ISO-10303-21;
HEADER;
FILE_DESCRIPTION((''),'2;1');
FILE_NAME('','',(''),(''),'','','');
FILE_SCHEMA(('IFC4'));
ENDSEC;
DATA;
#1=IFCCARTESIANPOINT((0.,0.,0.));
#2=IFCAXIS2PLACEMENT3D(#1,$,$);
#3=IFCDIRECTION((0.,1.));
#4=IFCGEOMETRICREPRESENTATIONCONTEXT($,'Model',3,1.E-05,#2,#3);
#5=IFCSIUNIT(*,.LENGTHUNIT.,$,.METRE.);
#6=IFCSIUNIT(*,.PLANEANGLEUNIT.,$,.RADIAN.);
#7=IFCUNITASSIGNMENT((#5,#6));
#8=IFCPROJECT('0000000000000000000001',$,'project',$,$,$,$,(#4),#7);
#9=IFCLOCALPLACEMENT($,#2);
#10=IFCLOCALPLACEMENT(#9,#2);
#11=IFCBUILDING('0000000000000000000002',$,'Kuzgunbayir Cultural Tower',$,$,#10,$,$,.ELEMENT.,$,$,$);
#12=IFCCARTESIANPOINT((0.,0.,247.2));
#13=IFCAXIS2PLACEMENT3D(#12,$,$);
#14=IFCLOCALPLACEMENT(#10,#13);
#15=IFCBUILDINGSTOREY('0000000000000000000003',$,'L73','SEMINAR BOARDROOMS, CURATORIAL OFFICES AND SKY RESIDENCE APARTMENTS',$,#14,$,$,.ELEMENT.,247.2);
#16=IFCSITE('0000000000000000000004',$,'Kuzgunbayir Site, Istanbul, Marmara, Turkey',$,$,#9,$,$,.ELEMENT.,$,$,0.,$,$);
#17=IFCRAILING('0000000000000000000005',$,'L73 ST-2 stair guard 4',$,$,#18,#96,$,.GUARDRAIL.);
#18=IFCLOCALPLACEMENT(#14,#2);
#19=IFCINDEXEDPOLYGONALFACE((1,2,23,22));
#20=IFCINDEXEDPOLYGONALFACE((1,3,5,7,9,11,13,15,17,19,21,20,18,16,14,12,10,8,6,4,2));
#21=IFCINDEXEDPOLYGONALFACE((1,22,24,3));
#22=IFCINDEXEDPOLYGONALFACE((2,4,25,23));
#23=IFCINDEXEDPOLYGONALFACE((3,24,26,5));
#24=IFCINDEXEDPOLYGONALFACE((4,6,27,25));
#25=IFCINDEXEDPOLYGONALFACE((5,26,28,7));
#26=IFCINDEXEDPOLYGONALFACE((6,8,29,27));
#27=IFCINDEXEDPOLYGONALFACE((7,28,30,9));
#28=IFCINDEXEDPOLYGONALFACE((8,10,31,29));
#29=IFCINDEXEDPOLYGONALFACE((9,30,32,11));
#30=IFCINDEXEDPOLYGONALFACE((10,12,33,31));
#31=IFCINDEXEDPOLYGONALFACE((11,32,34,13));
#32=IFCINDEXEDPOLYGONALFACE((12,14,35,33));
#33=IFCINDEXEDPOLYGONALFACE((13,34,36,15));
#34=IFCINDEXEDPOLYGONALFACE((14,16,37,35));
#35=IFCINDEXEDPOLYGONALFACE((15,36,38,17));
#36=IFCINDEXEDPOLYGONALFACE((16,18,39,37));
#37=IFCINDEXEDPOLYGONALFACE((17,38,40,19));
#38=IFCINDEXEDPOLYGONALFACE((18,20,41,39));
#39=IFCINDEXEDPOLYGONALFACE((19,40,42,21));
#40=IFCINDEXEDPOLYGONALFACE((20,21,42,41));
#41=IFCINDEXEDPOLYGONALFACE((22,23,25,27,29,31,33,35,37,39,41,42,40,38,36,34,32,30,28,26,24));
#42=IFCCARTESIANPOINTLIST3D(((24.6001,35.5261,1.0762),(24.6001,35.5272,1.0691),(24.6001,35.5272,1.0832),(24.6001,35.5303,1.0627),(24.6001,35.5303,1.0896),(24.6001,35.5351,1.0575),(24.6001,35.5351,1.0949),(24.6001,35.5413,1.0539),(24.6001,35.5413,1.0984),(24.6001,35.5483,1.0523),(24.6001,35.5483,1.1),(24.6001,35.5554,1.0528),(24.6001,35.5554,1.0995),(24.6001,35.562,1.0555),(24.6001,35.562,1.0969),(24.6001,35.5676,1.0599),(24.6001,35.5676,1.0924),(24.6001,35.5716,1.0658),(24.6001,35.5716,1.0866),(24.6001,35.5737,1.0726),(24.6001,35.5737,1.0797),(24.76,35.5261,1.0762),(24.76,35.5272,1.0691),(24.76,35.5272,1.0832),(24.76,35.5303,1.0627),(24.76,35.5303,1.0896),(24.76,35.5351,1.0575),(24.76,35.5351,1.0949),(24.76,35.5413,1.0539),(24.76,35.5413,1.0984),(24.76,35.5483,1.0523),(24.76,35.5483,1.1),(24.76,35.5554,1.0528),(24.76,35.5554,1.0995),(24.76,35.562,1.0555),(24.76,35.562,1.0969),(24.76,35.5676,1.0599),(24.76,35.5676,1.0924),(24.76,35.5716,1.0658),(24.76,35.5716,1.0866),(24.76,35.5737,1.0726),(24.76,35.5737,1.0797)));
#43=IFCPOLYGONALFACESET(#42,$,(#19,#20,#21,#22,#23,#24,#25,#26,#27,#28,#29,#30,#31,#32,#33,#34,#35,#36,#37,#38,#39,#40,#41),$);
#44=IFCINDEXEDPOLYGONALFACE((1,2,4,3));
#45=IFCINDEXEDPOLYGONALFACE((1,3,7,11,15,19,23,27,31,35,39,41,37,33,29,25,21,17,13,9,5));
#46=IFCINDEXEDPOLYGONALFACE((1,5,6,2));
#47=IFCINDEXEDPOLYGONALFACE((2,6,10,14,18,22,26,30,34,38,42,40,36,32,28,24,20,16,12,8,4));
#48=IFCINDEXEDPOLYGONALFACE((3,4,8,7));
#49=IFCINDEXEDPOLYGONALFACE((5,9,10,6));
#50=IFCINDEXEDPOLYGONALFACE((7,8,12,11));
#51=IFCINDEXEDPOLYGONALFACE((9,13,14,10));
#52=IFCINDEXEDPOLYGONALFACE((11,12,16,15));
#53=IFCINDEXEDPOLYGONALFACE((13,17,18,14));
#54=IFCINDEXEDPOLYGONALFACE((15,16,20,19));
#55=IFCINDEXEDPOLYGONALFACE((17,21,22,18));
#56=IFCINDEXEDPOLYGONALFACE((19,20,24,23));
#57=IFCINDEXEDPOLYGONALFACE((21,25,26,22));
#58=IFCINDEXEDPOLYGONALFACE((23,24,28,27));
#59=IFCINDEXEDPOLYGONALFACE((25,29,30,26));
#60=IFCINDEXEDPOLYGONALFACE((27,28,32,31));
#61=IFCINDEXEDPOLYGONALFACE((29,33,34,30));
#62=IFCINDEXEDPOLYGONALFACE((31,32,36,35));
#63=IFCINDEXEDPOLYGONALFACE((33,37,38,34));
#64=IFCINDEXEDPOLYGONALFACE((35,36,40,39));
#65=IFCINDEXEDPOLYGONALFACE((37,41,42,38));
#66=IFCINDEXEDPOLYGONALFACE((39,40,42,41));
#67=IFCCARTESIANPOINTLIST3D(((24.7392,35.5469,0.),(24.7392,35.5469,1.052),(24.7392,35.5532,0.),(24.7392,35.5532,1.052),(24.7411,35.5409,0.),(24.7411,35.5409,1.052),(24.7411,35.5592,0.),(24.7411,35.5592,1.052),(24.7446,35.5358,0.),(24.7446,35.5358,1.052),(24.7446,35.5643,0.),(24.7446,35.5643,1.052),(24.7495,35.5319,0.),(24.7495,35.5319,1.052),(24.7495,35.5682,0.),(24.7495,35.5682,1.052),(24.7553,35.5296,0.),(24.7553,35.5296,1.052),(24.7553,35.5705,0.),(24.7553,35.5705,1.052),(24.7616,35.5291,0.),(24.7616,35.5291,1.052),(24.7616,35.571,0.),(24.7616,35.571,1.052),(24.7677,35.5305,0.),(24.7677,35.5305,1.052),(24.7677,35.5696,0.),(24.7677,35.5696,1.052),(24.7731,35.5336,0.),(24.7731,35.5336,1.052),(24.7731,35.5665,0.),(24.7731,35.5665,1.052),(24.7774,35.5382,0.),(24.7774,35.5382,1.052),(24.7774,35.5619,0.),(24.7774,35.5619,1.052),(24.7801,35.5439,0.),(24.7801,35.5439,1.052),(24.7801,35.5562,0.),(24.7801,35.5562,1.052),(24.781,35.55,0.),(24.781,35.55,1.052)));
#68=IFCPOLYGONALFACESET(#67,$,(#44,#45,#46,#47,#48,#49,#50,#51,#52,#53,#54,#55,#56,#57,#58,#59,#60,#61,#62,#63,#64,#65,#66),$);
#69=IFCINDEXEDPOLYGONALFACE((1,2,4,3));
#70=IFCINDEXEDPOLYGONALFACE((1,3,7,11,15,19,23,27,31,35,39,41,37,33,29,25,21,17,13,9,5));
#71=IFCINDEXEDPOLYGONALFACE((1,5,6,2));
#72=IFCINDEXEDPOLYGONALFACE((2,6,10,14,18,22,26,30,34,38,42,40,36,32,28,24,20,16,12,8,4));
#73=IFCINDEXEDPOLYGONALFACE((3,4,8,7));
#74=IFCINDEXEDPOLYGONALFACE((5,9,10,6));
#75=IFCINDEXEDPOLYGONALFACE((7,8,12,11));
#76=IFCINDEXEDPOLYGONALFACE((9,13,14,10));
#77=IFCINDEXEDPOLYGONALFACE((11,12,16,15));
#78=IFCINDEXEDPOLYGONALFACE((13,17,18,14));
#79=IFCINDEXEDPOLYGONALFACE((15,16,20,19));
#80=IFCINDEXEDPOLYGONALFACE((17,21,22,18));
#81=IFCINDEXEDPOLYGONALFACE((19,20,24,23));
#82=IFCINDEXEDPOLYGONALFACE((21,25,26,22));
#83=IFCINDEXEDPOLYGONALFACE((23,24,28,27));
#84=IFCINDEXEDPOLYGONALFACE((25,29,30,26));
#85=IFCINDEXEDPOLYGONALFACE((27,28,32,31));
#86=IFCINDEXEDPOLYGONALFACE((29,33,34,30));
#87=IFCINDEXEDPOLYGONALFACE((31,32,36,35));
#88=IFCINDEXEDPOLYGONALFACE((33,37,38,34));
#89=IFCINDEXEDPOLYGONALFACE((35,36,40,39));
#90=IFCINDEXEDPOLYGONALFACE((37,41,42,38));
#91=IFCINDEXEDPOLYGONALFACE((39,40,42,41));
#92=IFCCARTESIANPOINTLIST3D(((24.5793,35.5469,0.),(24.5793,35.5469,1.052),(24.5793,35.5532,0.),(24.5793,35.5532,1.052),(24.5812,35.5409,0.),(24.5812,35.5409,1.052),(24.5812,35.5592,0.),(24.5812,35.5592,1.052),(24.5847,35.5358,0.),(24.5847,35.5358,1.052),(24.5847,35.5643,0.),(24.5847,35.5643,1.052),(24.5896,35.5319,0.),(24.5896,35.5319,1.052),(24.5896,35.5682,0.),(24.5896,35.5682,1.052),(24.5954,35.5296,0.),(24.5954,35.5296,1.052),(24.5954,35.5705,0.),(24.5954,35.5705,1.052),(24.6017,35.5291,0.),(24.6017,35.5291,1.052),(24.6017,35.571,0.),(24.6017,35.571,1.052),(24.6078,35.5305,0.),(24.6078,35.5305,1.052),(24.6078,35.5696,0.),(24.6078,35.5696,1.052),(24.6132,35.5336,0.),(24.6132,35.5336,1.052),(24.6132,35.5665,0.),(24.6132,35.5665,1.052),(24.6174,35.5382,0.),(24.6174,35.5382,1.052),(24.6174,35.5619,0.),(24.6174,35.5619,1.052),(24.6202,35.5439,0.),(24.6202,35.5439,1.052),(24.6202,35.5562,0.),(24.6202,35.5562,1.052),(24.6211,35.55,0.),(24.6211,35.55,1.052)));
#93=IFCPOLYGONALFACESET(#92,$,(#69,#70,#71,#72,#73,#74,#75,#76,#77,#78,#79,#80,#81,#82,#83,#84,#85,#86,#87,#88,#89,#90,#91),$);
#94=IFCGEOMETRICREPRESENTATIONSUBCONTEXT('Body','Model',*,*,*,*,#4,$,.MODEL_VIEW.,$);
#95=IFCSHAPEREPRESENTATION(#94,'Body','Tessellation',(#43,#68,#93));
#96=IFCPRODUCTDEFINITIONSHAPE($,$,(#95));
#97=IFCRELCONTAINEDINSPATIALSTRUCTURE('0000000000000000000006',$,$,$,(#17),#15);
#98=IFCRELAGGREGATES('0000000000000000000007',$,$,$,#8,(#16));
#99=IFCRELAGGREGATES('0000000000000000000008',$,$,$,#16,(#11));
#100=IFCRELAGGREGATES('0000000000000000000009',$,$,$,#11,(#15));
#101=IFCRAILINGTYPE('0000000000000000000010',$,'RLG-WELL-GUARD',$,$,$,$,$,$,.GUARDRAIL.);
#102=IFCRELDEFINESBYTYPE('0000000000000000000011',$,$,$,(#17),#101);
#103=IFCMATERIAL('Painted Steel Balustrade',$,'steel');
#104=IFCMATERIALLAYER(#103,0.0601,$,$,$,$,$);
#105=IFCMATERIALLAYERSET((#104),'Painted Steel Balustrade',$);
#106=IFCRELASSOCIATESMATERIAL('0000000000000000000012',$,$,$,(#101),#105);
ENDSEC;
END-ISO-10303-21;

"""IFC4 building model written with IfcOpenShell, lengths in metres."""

from ifc_helpers import new_model, si_unit, direction, frame, origin, origin_2d, place, context, subcontext, project, spatial, circle, extrude, material, layer, layer_set, type_object, element, save


model = new_model("IFC4")

# Units and contexts
model_context = context("Model", 3, precision=1e-05, world=origin(), true_north=direction((0.0, 1.0)))
body_context = subcontext(model_context, "Body", "Model", "MODEL_VIEW")
ifc_project = project(units=[si_unit("LENGTHUNIT", "METRE"), si_unit("PLANEANGLEUNIT", "RADIAN")], contexts=[model_context])

# Site, building, storey
site_placement = place(None, origin())
site = spatial("IfcSite", under=ifc_project, at=site_placement, Name="Kuzgunbayir Site, Istanbul, Marmara, Turkey", CompositionType="ELEMENT", RefElevation=0.0)
building_placement = place(site_placement, origin())
building = spatial("IfcBuilding", under=site, at=building_placement, Name="Kuzgunbayir Cultural Tower", CompositionType="ELEMENT")
storey_placement = place(building_placement, frame((0.0, 0.0, 247.2)))
storey = spatial("IfcBuildingStorey", under=building, at=storey_placement, Name="L73", Description="SEMINAR BOARDROOMS, CURATORIAL OFFICES AND SKY RESIDENCE APARTMENTS", CompositionType="ELEMENT", Elevation=247.2)

# Railing
ifc_material_1 = material(Name="Painted Steel Balustrade", Category="steel")
ifc_layer_1 = layer(ifc_material_1, 0.0601)
ifc_layer_set_1 = layer_set([ifc_layer_1], Name="Painted Steel Balustrade")
railing_type_1 = type_object("IfcRailingType", Name="RLG-WELL-GUARD", PredefinedType="GUARDRAIL", material=ifc_layer_set_1)
railing_1_placement = place(storey_placement, frame((24.76, 35.55, 0.0)))
element("IfcRailing", 1, at=railing_1_placement, inside=storey, type_object=railing_type_1, Name="L73 ST-2 stair guard 4", PredefinedType="GUARDRAIL", context=body_context, shape_type="SweptSolid", body=[
    extrude(circle(Radius=0.0239, at=origin_2d()), frame((0.0, 0.0, 1.0762), z_axis=(-1.0, 0.0, 0.0), x_axis=(0.0, -1.0, 0.0)), (0.0, 0.0, 1.0), 0.1599),
    extrude(circle(Radius=0.021, at=origin_2d()), origin(), (0.0, 0.0, 1.0), 1.052),
    extrude(circle(Radius=0.021, at=origin_2d()), frame((-0.1599, 0.0, 0.0)), (0.0, 0.0, 1.0), 1.052),
])

save(model, "model.ifc")
